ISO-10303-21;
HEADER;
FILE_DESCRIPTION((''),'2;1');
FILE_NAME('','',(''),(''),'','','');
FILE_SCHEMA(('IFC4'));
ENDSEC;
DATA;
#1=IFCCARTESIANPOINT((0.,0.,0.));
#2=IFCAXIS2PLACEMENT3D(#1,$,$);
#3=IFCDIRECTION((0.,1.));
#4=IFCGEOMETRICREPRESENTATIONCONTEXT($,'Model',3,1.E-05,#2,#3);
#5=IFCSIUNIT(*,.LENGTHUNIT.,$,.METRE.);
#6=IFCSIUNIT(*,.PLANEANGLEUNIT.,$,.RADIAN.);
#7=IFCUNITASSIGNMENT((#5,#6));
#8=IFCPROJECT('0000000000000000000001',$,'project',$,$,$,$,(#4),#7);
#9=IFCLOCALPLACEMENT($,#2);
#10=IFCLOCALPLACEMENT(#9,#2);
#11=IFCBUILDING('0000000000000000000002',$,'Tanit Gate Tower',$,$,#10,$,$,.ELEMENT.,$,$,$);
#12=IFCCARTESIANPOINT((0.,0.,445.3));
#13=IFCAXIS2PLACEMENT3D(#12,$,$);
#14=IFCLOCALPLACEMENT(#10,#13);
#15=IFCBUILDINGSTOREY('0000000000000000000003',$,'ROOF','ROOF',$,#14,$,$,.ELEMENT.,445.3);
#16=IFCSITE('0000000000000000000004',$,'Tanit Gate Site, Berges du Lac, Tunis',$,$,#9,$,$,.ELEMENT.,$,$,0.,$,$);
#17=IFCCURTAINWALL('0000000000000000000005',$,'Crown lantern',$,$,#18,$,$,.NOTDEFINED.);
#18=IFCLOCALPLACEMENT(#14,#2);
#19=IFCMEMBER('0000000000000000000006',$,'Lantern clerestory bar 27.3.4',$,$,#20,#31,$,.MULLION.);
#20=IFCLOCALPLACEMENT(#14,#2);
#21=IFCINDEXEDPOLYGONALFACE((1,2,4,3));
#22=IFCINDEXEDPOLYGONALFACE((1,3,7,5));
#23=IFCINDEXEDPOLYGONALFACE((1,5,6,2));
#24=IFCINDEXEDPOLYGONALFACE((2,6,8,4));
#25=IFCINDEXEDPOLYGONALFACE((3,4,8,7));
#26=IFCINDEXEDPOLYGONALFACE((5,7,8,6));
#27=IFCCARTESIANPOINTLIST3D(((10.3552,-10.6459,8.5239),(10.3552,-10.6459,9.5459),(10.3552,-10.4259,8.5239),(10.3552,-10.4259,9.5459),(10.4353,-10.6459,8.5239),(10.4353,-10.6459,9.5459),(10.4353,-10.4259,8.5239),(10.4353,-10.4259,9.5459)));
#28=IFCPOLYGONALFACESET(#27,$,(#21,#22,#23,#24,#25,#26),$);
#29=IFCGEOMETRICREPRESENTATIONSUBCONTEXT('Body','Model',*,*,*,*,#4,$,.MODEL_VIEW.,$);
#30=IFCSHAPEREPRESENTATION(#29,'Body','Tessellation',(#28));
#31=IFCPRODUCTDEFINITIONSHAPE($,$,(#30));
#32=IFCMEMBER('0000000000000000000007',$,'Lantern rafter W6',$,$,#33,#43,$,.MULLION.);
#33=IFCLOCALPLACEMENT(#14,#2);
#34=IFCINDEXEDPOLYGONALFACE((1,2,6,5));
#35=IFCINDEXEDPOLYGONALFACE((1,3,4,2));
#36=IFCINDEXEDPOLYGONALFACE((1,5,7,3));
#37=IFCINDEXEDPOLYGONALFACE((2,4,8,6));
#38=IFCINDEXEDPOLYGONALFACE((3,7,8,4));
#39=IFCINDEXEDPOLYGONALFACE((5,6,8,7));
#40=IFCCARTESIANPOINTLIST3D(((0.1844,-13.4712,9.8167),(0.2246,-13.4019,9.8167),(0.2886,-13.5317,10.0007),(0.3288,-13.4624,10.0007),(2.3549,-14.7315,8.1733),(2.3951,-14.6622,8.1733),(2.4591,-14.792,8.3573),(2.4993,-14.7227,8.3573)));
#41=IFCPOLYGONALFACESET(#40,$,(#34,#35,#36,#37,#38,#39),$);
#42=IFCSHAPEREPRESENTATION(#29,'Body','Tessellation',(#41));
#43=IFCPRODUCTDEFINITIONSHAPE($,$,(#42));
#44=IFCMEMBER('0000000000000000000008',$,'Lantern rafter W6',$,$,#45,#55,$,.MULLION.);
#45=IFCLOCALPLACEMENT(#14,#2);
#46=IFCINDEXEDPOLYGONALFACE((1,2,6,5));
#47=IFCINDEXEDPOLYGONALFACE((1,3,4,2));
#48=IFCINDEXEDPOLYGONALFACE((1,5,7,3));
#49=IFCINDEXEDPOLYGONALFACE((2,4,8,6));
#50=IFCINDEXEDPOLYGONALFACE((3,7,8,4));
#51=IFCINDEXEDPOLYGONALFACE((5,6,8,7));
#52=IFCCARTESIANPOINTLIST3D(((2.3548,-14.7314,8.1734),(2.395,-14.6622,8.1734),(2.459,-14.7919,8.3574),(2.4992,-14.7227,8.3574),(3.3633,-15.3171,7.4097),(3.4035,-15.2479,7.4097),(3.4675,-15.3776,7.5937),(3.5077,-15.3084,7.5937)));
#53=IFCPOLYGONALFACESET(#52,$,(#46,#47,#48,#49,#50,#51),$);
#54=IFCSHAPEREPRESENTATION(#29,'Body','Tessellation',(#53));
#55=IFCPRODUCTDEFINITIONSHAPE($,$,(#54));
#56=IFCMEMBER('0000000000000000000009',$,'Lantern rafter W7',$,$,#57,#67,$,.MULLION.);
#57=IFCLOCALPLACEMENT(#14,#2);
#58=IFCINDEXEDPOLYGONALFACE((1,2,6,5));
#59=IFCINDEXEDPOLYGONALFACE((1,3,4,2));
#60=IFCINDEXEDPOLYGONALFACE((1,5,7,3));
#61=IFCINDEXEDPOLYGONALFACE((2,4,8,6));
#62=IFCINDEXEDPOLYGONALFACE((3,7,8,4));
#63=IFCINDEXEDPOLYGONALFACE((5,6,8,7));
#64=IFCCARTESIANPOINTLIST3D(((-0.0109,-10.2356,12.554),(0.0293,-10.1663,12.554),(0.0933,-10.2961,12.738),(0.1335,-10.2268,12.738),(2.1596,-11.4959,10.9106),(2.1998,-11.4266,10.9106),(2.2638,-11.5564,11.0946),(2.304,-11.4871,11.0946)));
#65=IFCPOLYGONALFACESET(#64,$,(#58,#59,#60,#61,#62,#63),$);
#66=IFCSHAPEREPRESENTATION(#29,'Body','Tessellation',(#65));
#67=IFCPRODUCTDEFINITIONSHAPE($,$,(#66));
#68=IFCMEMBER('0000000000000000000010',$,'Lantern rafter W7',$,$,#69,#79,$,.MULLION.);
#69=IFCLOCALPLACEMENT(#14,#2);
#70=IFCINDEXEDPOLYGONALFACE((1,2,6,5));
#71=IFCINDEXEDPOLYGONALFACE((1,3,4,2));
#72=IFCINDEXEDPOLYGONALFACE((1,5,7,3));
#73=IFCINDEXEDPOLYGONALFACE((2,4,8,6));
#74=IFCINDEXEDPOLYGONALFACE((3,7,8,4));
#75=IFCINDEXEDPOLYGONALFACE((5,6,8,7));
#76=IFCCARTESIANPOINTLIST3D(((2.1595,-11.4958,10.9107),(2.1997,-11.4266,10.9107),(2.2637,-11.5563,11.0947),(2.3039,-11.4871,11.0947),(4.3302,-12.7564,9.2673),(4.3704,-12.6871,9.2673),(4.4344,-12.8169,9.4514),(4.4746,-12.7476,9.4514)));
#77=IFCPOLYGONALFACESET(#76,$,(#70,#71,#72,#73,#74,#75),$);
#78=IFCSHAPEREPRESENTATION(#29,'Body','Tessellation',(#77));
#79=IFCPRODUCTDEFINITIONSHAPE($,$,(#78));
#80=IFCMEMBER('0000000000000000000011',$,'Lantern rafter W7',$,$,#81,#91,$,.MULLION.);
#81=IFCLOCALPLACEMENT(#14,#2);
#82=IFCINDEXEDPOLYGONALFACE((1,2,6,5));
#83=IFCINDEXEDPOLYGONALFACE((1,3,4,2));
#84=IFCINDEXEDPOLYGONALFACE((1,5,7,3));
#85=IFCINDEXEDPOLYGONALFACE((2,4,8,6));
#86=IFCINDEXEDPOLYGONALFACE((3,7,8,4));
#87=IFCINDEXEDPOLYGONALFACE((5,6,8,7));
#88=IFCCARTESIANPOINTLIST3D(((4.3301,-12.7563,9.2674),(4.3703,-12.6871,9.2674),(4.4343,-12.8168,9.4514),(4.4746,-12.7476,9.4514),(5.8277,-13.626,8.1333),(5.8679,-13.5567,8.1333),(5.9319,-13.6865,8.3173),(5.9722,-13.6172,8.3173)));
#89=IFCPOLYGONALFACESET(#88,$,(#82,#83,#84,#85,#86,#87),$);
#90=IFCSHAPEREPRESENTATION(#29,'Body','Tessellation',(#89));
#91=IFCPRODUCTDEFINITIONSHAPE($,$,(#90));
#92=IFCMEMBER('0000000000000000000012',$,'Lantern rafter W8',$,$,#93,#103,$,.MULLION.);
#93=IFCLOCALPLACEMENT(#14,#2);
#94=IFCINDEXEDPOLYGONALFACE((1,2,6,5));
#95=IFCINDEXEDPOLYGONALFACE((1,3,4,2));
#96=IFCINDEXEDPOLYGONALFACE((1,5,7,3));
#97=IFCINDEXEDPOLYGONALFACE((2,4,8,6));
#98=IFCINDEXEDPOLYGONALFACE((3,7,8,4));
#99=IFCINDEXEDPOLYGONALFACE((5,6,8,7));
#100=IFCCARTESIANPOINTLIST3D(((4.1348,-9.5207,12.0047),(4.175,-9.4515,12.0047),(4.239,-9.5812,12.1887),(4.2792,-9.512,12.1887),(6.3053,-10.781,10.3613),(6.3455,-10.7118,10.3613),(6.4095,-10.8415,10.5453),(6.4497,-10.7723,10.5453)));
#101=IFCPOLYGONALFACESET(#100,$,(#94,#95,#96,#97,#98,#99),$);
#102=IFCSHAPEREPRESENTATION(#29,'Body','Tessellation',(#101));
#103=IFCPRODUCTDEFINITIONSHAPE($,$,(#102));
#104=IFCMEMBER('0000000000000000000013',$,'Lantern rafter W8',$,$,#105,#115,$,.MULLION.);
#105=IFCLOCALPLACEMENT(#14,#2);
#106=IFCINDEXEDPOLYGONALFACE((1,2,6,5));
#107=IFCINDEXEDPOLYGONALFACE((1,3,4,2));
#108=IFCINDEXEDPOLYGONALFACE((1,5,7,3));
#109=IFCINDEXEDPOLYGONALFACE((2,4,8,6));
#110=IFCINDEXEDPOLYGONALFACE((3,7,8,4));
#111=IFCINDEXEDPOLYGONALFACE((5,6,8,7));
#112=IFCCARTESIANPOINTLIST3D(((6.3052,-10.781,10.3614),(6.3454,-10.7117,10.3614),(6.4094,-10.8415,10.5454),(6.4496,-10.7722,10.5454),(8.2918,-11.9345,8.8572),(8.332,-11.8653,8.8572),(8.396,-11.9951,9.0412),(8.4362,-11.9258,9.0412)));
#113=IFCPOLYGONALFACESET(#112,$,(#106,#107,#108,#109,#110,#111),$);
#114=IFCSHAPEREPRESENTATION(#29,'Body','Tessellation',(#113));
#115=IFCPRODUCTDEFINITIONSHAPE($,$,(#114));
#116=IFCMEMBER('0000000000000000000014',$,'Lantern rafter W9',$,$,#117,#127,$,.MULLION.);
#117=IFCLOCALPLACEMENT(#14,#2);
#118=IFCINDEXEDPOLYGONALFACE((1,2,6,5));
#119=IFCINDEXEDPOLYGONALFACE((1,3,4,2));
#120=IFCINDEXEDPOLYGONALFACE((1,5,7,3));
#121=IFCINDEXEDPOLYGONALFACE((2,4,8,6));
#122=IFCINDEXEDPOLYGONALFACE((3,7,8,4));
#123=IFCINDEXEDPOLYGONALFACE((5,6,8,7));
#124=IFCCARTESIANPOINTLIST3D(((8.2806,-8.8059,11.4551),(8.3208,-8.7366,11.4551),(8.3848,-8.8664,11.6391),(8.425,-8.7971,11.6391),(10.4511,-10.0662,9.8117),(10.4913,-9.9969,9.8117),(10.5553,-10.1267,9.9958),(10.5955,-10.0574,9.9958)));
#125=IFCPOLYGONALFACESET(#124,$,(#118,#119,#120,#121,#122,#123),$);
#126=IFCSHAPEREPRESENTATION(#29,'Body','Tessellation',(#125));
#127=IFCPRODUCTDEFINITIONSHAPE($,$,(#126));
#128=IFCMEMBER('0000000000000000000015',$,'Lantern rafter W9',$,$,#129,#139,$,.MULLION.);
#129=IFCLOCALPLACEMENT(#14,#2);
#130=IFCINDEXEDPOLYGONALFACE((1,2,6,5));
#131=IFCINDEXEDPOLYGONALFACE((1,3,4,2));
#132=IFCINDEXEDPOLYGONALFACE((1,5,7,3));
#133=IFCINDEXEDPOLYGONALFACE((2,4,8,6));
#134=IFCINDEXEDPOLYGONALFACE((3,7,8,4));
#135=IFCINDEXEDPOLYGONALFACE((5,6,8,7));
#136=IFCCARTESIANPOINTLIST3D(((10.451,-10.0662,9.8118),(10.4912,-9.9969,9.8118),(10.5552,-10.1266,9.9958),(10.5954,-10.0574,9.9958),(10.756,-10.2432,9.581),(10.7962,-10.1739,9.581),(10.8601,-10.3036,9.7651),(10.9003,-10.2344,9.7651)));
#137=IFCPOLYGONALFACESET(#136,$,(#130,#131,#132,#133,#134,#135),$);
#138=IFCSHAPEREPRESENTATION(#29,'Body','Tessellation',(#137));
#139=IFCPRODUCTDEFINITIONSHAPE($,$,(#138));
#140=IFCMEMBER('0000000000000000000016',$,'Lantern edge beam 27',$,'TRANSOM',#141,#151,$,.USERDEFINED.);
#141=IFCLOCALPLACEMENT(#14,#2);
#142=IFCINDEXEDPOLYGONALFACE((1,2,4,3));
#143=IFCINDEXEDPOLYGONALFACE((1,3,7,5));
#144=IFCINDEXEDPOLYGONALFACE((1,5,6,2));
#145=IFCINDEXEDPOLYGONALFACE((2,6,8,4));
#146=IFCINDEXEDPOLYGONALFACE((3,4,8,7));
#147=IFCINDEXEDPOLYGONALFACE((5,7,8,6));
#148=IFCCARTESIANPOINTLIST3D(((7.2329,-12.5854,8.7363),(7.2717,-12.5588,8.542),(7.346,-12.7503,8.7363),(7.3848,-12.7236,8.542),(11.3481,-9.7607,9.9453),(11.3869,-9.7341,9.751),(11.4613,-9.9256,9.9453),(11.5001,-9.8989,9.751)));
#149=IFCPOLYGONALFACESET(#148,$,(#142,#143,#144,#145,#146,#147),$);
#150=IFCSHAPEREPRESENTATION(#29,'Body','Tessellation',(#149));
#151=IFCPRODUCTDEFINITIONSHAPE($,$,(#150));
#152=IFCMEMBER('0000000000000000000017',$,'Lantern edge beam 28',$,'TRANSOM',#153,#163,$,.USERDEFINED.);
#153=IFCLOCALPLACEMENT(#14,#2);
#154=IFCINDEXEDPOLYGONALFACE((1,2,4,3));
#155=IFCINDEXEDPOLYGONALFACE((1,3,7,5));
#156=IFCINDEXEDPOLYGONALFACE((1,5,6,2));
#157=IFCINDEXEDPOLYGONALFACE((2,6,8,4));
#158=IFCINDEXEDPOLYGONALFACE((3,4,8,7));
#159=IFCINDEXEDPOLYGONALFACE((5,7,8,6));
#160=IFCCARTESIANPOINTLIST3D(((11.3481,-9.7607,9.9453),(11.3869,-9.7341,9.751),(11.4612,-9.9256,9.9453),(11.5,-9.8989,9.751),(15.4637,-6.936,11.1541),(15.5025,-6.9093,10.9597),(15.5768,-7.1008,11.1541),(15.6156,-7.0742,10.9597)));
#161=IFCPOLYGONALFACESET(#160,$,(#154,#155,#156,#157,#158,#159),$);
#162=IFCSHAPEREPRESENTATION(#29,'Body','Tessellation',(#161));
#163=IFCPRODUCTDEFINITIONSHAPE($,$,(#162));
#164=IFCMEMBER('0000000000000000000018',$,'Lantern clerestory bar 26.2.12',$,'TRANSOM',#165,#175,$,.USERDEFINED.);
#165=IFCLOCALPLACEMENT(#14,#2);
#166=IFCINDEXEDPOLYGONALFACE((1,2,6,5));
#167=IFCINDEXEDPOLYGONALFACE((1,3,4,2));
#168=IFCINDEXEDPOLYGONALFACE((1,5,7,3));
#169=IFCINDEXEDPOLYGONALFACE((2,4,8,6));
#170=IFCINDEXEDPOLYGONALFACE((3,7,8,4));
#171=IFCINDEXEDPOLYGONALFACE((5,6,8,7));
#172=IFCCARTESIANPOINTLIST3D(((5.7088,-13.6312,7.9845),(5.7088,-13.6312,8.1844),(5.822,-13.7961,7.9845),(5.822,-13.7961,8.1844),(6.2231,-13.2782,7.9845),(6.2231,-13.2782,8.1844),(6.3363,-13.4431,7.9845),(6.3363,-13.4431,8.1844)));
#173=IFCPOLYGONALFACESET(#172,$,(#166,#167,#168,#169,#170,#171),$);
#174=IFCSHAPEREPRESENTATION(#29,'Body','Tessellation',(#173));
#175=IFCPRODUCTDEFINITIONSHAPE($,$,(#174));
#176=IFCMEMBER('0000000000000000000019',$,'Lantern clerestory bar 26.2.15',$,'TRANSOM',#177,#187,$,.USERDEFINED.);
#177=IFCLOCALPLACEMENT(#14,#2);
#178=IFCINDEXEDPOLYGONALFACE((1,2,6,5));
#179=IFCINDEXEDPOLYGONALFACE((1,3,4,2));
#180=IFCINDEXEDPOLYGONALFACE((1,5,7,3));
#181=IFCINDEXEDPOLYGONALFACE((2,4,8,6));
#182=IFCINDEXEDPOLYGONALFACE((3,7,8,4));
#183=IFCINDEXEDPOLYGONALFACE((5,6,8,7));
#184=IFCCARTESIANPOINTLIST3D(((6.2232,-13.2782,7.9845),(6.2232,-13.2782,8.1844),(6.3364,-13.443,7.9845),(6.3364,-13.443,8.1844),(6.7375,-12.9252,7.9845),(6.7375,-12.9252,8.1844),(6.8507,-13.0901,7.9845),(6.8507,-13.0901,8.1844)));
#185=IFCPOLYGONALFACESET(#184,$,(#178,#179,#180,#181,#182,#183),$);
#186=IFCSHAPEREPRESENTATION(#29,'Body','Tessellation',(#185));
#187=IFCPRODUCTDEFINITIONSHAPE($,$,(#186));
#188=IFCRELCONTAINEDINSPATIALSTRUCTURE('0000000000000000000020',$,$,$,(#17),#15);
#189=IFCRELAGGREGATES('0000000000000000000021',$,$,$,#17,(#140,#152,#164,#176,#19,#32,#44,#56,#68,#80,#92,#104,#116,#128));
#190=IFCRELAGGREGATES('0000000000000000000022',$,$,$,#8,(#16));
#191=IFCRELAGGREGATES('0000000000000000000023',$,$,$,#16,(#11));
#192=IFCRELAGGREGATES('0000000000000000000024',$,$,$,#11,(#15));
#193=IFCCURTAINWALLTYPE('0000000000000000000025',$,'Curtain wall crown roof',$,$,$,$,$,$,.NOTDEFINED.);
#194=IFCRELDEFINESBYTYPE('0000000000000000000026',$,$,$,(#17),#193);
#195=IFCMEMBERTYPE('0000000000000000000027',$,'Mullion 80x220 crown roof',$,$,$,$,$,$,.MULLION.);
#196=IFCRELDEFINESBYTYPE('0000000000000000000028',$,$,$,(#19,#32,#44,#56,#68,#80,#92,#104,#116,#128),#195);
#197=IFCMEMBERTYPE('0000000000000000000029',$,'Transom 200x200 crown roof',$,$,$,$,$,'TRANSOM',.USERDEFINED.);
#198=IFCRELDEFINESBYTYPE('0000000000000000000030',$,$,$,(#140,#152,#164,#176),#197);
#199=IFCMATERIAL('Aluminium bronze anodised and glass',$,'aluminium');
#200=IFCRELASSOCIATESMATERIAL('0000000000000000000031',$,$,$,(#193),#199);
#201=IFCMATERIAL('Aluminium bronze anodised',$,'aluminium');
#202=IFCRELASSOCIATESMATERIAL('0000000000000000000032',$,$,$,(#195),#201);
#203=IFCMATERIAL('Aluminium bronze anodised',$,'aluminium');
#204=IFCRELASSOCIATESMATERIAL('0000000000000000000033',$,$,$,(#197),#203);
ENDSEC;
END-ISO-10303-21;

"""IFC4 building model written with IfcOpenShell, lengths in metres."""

from ifc_helpers import new_model, si_unit, direction, frame, origin, origin_2d, place, context, subcontext, project, spatial, rectangle, extrude, material, material_profile, profile_set, type_object, element, aggregate, save


model = new_model("IFC4")

# Units and contexts
model_context = context("Model", 3, precision=1e-05, world=origin(), true_north=direction((0.0, 1.0)))
body_context = subcontext(model_context, "Body", "Model", "MODEL_VIEW")
ifc_project = project(units=[si_unit("LENGTHUNIT", "METRE"), si_unit("PLANEANGLEUNIT", "RADIAN")], contexts=[model_context])

# Site, building, storey
site_placement = place(None, origin())
site = spatial("IfcSite", under=ifc_project, at=site_placement, Name="Tanit Gate Site, Berges du Lac, Tunis", CompositionType="ELEMENT", RefElevation=0.0)
building_placement = place(site_placement, origin())
building = spatial("IfcBuilding", under=site, at=building_placement, Name="Tanit Gate Tower", CompositionType="ELEMENT")
storey_placement = place(building_placement, frame((0.0, 0.0, 445.3)))
storey = spatial("IfcBuildingStorey", under=building, at=storey_placement, Name="ROOF", Description="ROOF", CompositionType="ELEMENT", Elevation=445.3)

# Curtain wall, members
ifc_material_1 = material(Name="Aluminium bronze anodised and glass", Category="aluminium")
curtain_wall_type = type_object("IfcCurtainWallType", Name="Curtain wall crown roof", PredefinedType="NOTDEFINED", material=ifc_material_1)
curtain_wall_placement = place(storey_placement, origin())
curtain_wall = element("IfcCurtainWall", 1, at=curtain_wall_placement, inside=storey, type_object=curtain_wall_type, Name="Crown lantern", PredefinedType="NOTDEFINED")
ifc_material_2 = material(Name="Aluminium bronze anodised", Category="aluminium")
ifc_material_profile_1 = material_profile(ifc_material_2, rectangle(XDim=0.0801, YDim=0.22, at=origin_2d()), Name="80x220 bronze rafter")
ifc_profile_set_1 = profile_set([ifc_material_profile_1], Name="Aluminium bronze anodised")
member_type_1 = type_object("IfcMemberType", Name="Mullion 80x220 crown roof", PredefinedType="MULLION", material=ifc_profile_set_1)
member_1_placement = place(storey_placement, frame((10.3953, -10.5359, 8.5239), z_axis=(0.0, 0.0, 1.0), x_axis=(1.0, 0.0, 0.0)))
member_1 = element("IfcMember", 2, at=member_1_placement, type_object=member_type_1, Name="Lantern clerestory bar 27.3.4", PredefinedType="MULLION", context=body_context, shape_type="SweptSolid", body=[
    extrude(rectangle(XDim=0.0801, YDim=0.22, at=origin_2d()), origin(), (0.0, 0.0, 1.0), 1.022),
])
member_2_placement = place(storey_placement, frame((0.2566, -13.4668, 9.9087), z_axis=(0.723495, -0.420099, -0.547789), x_axis=(0.50214, 0.864786, 0.0)))
member_2 = element("IfcMember", 3, at=member_2_placement, type_object=member_type_1, Name="Lantern rafter W6", PredefinedType="MULLION", context=body_context, shape_type="SweptSolid", body=[
    extrude(rectangle(XDim=0.0801, YDim=0.22, at=origin_2d()), origin(), (0.0, 0.0, 1.0), 3.0),
])
member_3_placement = place(storey_placement, frame((2.427, -14.7271, 8.2654), z_axis=(0.72346, -0.420136, -0.547805), x_axis=(0.502191, 0.864757, 0.0)))
member_3 = element("IfcMember", 4, at=member_3_placement, type_object=member_type_1, Name="Lantern rafter W6", PredefinedType="MULLION", context=body_context, shape_type="SweptSolid", body=[
    extrude(rectangle(XDim=0.0801, YDim=0.22, at=origin_2d()), origin(), (0.0, 0.0, 1.0), 1.394),
])
member_4_placement = place(storey_placement, frame((0.0613, -10.2312, 12.646), z_axis=(0.723495, -0.420099, -0.547789), x_axis=(0.50214, 0.864786, 0.0)))
member_4 = element("IfcMember", 5, at=member_4_placement, type_object=member_type_1, Name="Lantern rafter W7", PredefinedType="MULLION", context=body_context, shape_type="SweptSolid", body=[
    extrude(rectangle(XDim=0.0801, YDim=0.22, at=origin_2d()), origin(), (0.0, 0.0, 1.0), 3.0),
])
member_5_placement = place(storey_placement, frame((2.2317, -11.4915, 11.0027), z_axis=(0.723509, -0.420141, -0.547738), x_axis=(0.502171, 0.864769, 0.0)))
member_5 = element("IfcMember", 6, at=member_5_placement, type_object=member_type_1, Name="Lantern rafter W7", PredefinedType="MULLION", context=body_context, shape_type="SweptSolid", body=[
    extrude(rectangle(XDim=0.0801, YDim=0.22, at=origin_2d()), origin(), (0.0, 0.0, 1.0), 3.0002),
])
member_6_placement = place(storey_placement, frame((4.4023, -12.752, 9.3594), z_axis=(0.723453, -0.420107, -0.547838), x_axis=(0.50217, 0.864769, 0.0)))
member_6 = element("IfcMember", 7, at=member_6_placement, type_object=member_type_1, Name="Lantern rafter W7", PredefinedType="MULLION", context=body_context, shape_type="SweptSolid", body=[
    extrude(rectangle(XDim=0.0801, YDim=0.22, at=origin_2d()), origin(), (0.0, 0.0, 1.0), 2.0701),
])
member_7_placement = place(storey_placement, frame((4.207, -9.5164, 12.0967), z_axis=(0.723495, -0.420099, -0.547789), x_axis=(0.50214, 0.864786, 0.0)))
member_7 = element("IfcMember", 8, at=member_7_placement, type_object=member_type_1, Name="Lantern rafter W8", PredefinedType="MULLION", context=body_context, shape_type="SweptSolid", body=[
    extrude(rectangle(XDim=0.0801, YDim=0.22, at=origin_2d()), origin(), (0.0, 0.0, 1.0), 3.0),
])
member_8_placement = place(storey_placement, frame((6.3774, -10.7766, 10.4534), z_axis=(0.723484, -0.420113, -0.547792), x_axis=(0.502159, 0.864776, 0.0)))
member_8 = element("IfcMember", 9, at=member_8_placement, type_object=member_type_1, Name="Lantern rafter W8", PredefinedType="MULLION", context=body_context, shape_type="SweptSolid", body=[
    extrude(rectangle(XDim=0.0801, YDim=0.22, at=origin_2d()), origin(), (0.0, 0.0, 1.0), 2.7458),
])
member_9_placement = place(storey_placement, frame((8.3528, -8.8015, 11.5471), z_axis=(0.723495, -0.420099, -0.547789), x_axis=(0.50214, 0.864786, 0.0)))
member_9 = element("IfcMember", 10, at=member_9_placement, type_object=member_type_1, Name="Lantern rafter W9", PredefinedType="MULLION", context=body_context, shape_type="SweptSolid", body=[
    extrude(rectangle(XDim=0.0801, YDim=0.22, at=origin_2d()), origin(), (0.0, 0.0, 1.0), 3.0),
])
member_10_placement = place(storey_placement, frame((10.5232, -10.0618, 9.9038), z_axis=(0.72369, -0.420076, -0.547548), x_axis=(0.502019, 0.864857, 0.0)))
member_10 = element("IfcMember", 11, at=member_10_placement, type_object=member_type_1, Name="Lantern rafter W9", PredefinedType="MULLION", context=body_context, shape_type="SweptSolid", body=[
    extrude(rectangle(XDim=0.0801, YDim=0.22, at=origin_2d()), origin(), (0.0, 0.0, 1.0), 0.4214),
])
ifc_material_3 = material(Name="Aluminium bronze anodised", Category="aluminium")
ifc_material_profile_2 = material_profile(ifc_material_3, rectangle(XDim=0.2, YDim=0.2, at=origin_2d()), Name="200x200 bronze transom")
ifc_profile_set_2 = profile_set([ifc_material_profile_2], Name="Aluminium bronze anodised")
member_type_2 = type_object("IfcMemberType", Name="Transom 200x200 crown roof", ElementType="TRANSOM", PredefinedType="USERDEFINED", material=ifc_profile_set_2)
member_11_placement = place(storey_placement, frame((7.3088, -12.6545, 8.6392), z_axis=(0.801294, 0.55001, 0.235406), x_axis=(-0.565914, 0.824464, 0.0)))
member_11 = element("IfcMember", 12, at=member_11_placement, type_object=member_type_2, Name="Lantern edge beam 27", ObjectType="TRANSOM", PredefinedType="USERDEFINED", context=body_context, shape_type="SweptSolid", body=[
    extrude(rectangle(XDim=0.2, YDim=0.2, at=origin_2d()), origin(), (0.0, 0.0, 1.0), 5.1357),
])
member_12_placement = place(storey_placement, frame((11.4241, -9.8298, 9.8481), z_axis=(0.80132, 0.549996, 0.235352), x_axis=(-0.565891, 0.82448, 0.0)))
member_12 = element("IfcMember", 13, at=member_12_placement, type_object=member_type_2, Name="Lantern edge beam 28", ObjectType="TRANSOM", PredefinedType="USERDEFINED", context=body_context, shape_type="SweptSolid", body=[
    extrude(rectangle(XDim=0.2, YDim=0.2, at=origin_2d()), origin(), (0.0, 0.0, 1.0), 5.136),
])
member_13_placement = place(storey_placement, frame((5.7654, -13.7136, 8.0845), z_axis=(0.82451, 0.565848, 0.0), x_axis=(-0.565848, 0.82451, 0.0)))
member_13 = element("IfcMember", 14, at=member_13_placement, type_object=member_type_2, Name="Lantern clerestory bar 26.2.12", ObjectType="TRANSOM", PredefinedType="USERDEFINED", context=body_context, shape_type="SweptSolid", body=[
    extrude(rectangle(XDim=0.2, YDim=0.2, at=origin_2d()), origin(), (0.0, 0.0, 1.0), 0.6238),
])
member_14_placement = place(storey_placement, frame((6.2798, -13.3606, 8.0845), z_axis=(0.82451, 0.565848, 0.0), x_axis=(-0.565848, 0.82451, 0.0)))
member_14 = element("IfcMember", 15, at=member_14_placement, type_object=member_type_2, Name="Lantern clerestory bar 26.2.15", ObjectType="TRANSOM", PredefinedType="USERDEFINED", context=body_context, shape_type="SweptSolid", body=[
    extrude(rectangle(XDim=0.2, YDim=0.2, at=origin_2d()), origin(), (0.0, 0.0, 1.0), 0.6238),
])
aggregate(curtain_wall, [member_11, member_12, member_13, member_14, member_1, member_2, member_3, member_4, member_5, member_6, member_7, member_8, member_9, member_10])

save(model, "model.ifc")
